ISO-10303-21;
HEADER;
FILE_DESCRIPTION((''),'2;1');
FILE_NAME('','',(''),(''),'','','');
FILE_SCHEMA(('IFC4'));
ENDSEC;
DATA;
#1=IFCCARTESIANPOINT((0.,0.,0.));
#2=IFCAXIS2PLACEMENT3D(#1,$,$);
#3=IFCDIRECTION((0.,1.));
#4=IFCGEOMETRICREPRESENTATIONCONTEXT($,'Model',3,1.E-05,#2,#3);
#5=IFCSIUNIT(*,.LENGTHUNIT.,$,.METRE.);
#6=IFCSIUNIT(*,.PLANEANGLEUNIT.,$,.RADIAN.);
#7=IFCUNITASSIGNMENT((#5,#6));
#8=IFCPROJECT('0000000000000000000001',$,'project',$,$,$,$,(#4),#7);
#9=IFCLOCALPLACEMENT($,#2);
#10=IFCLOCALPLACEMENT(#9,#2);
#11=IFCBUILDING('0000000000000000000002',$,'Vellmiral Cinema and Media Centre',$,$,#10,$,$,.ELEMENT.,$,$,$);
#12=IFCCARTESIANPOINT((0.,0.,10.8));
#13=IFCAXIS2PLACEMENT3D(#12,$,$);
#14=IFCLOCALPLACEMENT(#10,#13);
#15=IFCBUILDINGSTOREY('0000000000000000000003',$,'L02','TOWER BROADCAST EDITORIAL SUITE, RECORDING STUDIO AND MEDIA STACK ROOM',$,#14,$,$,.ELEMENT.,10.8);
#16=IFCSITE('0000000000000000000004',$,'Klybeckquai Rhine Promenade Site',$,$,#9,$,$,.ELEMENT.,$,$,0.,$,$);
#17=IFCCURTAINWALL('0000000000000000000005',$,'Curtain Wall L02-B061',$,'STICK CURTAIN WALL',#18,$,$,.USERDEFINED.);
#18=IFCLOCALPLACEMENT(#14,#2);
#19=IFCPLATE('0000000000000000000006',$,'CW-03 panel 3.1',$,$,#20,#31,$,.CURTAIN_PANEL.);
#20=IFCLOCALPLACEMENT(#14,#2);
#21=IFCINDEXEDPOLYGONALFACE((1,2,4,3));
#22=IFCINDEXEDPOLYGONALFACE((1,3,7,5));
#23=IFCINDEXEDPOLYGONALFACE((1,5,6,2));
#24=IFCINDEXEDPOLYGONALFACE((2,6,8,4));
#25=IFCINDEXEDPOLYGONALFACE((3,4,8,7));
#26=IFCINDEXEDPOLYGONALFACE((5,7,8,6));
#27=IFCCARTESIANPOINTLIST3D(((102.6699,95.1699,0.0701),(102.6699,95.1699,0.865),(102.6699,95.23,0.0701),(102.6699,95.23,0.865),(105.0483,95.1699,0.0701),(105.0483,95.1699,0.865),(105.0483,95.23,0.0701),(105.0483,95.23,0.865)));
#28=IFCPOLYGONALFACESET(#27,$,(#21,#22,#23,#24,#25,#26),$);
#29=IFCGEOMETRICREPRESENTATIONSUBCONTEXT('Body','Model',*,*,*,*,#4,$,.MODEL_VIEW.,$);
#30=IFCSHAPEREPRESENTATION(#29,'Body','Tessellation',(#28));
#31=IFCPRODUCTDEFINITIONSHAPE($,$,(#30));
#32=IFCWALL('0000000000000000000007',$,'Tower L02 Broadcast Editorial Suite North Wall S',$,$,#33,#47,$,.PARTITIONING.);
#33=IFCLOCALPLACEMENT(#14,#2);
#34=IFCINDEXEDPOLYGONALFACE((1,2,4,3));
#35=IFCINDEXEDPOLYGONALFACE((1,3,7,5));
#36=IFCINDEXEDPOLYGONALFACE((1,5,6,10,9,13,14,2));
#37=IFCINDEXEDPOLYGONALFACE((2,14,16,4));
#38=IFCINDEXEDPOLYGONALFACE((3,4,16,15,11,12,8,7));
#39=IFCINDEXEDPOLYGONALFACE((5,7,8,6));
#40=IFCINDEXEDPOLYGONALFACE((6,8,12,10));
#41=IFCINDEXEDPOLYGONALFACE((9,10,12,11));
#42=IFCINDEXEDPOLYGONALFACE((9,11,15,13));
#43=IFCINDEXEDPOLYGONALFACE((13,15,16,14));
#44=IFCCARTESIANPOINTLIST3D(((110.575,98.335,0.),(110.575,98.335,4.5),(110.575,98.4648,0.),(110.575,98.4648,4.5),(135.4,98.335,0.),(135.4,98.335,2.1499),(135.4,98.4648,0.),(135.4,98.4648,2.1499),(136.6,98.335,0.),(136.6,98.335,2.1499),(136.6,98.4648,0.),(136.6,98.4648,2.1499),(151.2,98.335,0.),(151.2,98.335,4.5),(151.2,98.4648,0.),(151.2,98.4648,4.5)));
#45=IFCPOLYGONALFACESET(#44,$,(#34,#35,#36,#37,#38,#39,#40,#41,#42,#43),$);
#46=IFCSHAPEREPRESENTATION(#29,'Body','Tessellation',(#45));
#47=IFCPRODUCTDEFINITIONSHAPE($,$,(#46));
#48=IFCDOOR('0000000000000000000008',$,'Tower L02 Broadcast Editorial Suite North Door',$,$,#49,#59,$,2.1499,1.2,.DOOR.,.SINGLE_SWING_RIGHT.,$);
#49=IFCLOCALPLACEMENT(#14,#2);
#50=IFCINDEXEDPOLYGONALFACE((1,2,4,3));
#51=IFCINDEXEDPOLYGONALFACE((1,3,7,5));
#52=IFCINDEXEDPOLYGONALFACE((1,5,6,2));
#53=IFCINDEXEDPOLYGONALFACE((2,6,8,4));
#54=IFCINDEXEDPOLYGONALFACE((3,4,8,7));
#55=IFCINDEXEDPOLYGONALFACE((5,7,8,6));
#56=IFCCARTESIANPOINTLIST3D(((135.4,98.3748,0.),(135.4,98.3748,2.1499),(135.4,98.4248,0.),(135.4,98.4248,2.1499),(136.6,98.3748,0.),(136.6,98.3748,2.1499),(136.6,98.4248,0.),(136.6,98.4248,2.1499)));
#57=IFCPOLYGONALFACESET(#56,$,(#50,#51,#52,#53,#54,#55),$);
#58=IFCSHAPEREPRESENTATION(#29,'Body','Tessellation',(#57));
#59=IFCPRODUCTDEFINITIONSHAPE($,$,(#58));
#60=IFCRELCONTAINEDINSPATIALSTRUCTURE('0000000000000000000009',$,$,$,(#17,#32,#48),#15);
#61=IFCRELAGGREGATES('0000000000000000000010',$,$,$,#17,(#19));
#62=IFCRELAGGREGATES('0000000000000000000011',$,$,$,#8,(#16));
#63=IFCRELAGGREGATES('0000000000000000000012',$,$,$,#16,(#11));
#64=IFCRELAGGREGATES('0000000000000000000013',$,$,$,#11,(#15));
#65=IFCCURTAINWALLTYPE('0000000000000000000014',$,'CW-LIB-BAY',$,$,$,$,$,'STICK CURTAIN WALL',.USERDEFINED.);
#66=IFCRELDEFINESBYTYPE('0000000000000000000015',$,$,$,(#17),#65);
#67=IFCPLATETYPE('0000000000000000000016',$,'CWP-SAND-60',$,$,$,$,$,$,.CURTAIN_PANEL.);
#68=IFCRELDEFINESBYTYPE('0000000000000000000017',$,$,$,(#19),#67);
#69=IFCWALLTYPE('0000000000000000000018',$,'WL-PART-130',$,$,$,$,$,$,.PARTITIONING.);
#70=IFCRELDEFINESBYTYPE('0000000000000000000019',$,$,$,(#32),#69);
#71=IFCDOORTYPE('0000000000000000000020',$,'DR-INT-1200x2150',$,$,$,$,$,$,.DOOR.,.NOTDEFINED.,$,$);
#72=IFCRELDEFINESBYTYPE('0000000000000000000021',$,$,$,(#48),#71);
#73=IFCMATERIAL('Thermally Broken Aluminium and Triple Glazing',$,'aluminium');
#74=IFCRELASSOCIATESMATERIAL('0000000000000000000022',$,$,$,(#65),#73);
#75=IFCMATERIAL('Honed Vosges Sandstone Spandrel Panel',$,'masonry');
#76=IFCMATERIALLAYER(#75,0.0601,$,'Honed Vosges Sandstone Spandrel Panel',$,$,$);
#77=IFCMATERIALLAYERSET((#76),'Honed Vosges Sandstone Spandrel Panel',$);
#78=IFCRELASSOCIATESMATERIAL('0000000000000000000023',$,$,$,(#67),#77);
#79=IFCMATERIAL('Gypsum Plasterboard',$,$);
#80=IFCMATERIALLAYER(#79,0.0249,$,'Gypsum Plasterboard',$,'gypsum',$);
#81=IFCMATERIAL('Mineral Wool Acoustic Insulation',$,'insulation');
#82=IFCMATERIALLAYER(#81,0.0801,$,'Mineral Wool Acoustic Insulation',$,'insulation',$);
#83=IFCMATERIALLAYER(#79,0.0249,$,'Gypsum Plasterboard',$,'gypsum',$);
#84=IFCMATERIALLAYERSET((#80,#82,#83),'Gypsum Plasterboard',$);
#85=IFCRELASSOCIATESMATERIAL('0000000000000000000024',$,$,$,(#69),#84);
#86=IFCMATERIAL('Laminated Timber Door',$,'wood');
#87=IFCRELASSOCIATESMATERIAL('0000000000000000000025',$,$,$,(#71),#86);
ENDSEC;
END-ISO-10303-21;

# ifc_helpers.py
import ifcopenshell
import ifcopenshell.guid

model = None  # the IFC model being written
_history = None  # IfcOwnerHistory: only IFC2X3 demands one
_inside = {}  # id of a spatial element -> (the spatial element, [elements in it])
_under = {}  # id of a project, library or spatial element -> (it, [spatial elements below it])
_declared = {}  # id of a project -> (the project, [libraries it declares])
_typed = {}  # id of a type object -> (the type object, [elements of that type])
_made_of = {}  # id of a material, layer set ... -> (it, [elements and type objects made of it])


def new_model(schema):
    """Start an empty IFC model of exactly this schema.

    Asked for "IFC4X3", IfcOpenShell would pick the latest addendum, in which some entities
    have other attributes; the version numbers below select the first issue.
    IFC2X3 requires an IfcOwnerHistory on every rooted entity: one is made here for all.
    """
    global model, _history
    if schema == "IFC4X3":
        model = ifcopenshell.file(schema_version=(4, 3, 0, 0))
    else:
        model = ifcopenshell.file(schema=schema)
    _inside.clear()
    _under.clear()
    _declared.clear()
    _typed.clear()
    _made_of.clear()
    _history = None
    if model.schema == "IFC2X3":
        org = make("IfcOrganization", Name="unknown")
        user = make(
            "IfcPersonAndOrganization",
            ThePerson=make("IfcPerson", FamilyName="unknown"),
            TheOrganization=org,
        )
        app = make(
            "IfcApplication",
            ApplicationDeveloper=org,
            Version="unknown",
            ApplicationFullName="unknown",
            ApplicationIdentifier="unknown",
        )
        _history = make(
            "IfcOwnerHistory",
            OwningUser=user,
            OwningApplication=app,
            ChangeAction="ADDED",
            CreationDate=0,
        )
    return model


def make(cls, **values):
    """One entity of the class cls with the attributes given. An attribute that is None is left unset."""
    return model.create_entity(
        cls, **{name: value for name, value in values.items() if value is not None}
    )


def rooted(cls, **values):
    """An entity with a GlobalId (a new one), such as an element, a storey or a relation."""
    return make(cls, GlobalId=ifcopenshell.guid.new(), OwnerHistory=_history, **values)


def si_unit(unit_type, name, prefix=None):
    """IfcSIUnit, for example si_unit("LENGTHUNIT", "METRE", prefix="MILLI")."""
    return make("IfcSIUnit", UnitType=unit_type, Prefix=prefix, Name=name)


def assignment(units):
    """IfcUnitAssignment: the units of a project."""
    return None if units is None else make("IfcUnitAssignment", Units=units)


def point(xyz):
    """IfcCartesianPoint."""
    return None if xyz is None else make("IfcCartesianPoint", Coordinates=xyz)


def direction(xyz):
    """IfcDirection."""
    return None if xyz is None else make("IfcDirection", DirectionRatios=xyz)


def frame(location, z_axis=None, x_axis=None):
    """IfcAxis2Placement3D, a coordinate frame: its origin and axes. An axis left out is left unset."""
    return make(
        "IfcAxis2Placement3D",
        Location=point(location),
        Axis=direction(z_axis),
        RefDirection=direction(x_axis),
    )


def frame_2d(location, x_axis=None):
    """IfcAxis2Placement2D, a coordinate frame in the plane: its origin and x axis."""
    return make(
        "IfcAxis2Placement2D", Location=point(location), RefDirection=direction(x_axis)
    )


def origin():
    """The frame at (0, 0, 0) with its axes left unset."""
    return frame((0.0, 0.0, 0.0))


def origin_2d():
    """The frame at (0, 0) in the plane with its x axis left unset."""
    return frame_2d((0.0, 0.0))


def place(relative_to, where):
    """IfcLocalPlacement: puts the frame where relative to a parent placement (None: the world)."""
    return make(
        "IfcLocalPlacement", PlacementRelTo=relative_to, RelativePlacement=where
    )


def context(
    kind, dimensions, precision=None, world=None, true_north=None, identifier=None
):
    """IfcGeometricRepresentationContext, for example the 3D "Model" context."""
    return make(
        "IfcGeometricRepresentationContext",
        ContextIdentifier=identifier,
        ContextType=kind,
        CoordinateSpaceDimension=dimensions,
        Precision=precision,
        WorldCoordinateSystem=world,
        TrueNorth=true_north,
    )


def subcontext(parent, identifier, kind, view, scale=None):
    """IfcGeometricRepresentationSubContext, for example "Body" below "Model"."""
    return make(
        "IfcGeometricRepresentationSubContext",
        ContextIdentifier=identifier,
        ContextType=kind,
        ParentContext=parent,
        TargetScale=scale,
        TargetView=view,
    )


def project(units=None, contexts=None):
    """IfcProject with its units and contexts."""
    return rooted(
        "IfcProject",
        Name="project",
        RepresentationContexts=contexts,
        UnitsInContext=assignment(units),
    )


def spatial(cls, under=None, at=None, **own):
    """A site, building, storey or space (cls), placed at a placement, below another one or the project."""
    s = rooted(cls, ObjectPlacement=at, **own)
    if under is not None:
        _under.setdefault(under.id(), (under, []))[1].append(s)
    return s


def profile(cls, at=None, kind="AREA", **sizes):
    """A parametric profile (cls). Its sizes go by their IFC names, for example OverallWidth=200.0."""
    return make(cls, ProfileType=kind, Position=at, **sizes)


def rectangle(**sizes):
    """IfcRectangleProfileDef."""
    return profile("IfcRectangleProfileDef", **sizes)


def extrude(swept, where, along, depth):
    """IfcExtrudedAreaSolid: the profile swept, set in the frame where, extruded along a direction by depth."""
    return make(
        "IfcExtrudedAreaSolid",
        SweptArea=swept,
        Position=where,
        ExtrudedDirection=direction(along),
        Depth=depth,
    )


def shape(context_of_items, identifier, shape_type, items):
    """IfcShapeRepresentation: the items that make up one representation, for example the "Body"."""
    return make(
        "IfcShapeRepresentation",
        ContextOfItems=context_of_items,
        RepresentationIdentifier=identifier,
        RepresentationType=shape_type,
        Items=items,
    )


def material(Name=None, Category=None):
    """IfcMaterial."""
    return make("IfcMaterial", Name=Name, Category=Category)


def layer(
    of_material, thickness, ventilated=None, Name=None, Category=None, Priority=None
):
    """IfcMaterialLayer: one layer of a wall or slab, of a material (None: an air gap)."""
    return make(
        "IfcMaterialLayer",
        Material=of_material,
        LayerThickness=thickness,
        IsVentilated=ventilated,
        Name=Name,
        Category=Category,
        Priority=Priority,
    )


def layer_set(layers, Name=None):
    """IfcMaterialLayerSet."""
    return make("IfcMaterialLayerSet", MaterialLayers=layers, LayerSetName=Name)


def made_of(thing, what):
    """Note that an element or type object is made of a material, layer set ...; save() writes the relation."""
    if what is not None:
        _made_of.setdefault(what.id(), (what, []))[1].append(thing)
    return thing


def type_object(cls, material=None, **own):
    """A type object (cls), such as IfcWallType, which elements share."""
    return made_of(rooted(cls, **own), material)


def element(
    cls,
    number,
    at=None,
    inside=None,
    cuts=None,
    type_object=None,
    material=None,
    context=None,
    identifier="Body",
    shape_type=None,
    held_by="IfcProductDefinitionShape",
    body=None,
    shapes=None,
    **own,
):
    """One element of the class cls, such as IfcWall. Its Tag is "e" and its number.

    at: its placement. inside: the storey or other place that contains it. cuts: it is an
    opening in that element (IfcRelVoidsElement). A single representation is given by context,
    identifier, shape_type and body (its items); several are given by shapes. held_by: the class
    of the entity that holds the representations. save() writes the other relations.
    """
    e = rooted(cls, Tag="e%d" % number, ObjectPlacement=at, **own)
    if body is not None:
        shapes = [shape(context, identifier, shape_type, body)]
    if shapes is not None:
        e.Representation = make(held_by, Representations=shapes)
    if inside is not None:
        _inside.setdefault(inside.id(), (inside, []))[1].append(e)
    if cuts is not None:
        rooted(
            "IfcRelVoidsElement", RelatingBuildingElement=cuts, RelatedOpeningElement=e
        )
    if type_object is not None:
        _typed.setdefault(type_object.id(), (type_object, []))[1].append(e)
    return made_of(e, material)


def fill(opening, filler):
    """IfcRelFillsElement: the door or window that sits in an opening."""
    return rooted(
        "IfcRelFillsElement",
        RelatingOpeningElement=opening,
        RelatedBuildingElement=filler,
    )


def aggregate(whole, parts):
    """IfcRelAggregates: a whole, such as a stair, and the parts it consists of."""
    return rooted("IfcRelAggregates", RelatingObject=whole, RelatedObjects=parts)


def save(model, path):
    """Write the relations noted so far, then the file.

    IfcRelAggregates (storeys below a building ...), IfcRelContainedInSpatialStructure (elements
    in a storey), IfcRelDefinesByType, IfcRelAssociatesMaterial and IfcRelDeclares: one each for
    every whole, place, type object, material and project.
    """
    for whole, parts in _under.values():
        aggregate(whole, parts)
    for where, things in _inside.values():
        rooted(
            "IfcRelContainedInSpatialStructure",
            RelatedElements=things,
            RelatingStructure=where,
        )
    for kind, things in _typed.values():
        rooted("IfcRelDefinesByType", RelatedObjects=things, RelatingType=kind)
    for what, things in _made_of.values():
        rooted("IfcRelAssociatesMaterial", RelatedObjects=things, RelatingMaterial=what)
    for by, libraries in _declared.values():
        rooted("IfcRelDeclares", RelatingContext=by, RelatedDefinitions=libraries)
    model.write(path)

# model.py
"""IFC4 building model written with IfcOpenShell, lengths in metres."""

from ifc_helpers import new_model, si_unit, direction, frame, frame_2d, origin, origin_2d, place, context, subcontext, project, spatial, rectangle, extrude, material, layer, layer_set, type_object, element, fill, aggregate, save


model = new_model("IFC4")

# Units and contexts
model_context = context("Model", 3, precision=1e-05, world=origin(), true_north=direction((0.0, 1.0)))
body_context = subcontext(model_context, "Body", "Model", "MODEL_VIEW")
ifc_project = project(units=[si_unit("LENGTHUNIT", "METRE"), si_unit("PLANEANGLEUNIT", "RADIAN")], contexts=[model_context])

# Site, building, storey
site_placement = place(None, origin())
site = spatial("IfcSite", under=ifc_project, at=site_placement, Name="Klybeckquai Rhine Promenade Site", CompositionType="ELEMENT", RefElevation=0.0)
building_placement = place(site_placement, origin())
building = spatial("IfcBuilding", under=site, at=building_placement, Name="Vellmiral Cinema and Media Centre", CompositionType="ELEMENT")
storey_placement = place(building_placement, frame((0.0, 0.0, 10.8)))
storey = spatial("IfcBuildingStorey", under=building, at=storey_placement, Name="L02", Description="TOWER BROADCAST EDITORIAL SUITE, RECORDING STUDIO AND MEDIA STACK ROOM", CompositionType="ELEMENT", Elevation=10.8)

# Curtain wall
ifc_material_1 = material(Name="Thermally Broken Aluminium and Triple Glazing", Category="aluminium")
curtain_wall_type = type_object("IfcCurtainWallType", Name="CW-LIB-BAY", ElementType="STICK CURTAIN WALL", PredefinedType="USERDEFINED", material=ifc_material_1)
curtain_wall_placement = place(storey_placement, origin())
curtain_wall = element("IfcCurtainWall", 1, at=curtain_wall_placement, inside=storey, type_object=curtain_wall_type, Name="Curtain Wall L02-B061", ObjectType="STICK CURTAIN WALL", PredefinedType="USERDEFINED")

# Plate
ifc_material_2 = material(Name="Honed Vosges Sandstone Spandrel Panel", Category="masonry")
ifc_layer_1 = layer(ifc_material_2, 0.0601, Name="Honed Vosges Sandstone Spandrel Panel")
ifc_layer_set_1 = layer_set([ifc_layer_1], Name="Honed Vosges Sandstone Spandrel Panel")
plate_type_1 = type_object("IfcPlateType", Name="CWP-SAND-60", PredefinedType="CURTAIN_PANEL", material=ifc_layer_set_1)
plate_1_placement = place(storey_placement, frame((103.8591, 95.2, 0.0701), z_axis=(0.0, 0.0, 1.0), x_axis=(-1.0, 0.0, 0.0)))
plate_1 = element("IfcPlate", 2, at=plate_1_placement, type_object=plate_type_1, Name="CW-03 panel 3.1", PredefinedType="CURTAIN_PANEL", context=body_context, shape_type="SweptSolid", body=[
    extrude(rectangle(XDim=2.3784, YDim=0.0601, at=origin_2d()), origin(), (0.0, 0.0, 1.0), 0.7949),
])
aggregate(curtain_wall, [plate_1])

# Wall, opening, door
ifc_material_3 = material(Name="Gypsum Plasterboard")
ifc_layer_2 = layer(ifc_material_3, 0.0249, Name="Gypsum Plasterboard", Category="gypsum")
ifc_material_4 = material(Name="Mineral Wool Acoustic Insulation", Category="insulation")
ifc_layer_3 = layer(ifc_material_4, 0.0801, Name="Mineral Wool Acoustic Insulation", Category="insulation")
ifc_layer_4 = layer(ifc_material_3, 0.0249, Name="Gypsum Plasterboard", Category="gypsum")
ifc_layer_set_2 = layer_set([ifc_layer_2, ifc_layer_3, ifc_layer_4], Name="Gypsum Plasterboard")
wall_type = type_object("IfcWallType", Name="WL-PART-130", PredefinedType="PARTITIONING", material=ifc_layer_set_2)
wall_placement = place(storey_placement, frame((110.575, 98.3999, 0.0), z_axis=(0.0, 0.0, 1.0), x_axis=(1.0, 0.0, 0.0)))
wall = element("IfcWall", 3, at=wall_placement, inside=storey, type_object=wall_type, Name="Tower L02 Broadcast Editorial Suite North Wall S", PredefinedType="PARTITIONING", context=body_context, shape_type="SweptSolid", body=[
    extrude(rectangle(XDim=40.625, YDim=0.1299, at=frame_2d((20.3125, 0.0))), origin(), (0.0, 0.0, 1.0), 4.5),
])
opening_placement = place(wall_placement, frame((24.825, 0.0, 0.0)))
opening = element("IfcOpeningElement", 4, at=opening_placement, cuts=wall, PredefinedType="OPENING", context=body_context, shape_type="SweptSolid", body=[
    extrude(rectangle(XDim=1.2, YDim=2.1499, at=frame_2d((0.6001, 1.075))), frame((0.0, 0.0769, 0.0), z_axis=(0.0, -1.0, 0.0), x_axis=(1.0, 0.0, 0.0)), (0.0, 0.0, 1.0), 0.1538),
])
ifc_material_5 = material(Name="Laminated Timber Door", Category="wood")
door_type = type_object("IfcDoorType", Name="DR-INT-1200x2150", OperationType="NOTDEFINED", PredefinedType="DOOR", material=ifc_material_5)
door_placement = place(opening_placement, origin())
door = element("IfcDoor", 5, at=door_placement, inside=storey, type_object=door_type, Name="Tower L02 Broadcast Editorial Suite North Door", OperationType="SINGLE_SWING_RIGHT", OverallHeight=2.1499, OverallWidth=1.2, PredefinedType="DOOR", context=body_context, shape_type="SweptSolid", body=[
    extrude(rectangle(XDim=1.2, YDim=2.1499, at=frame_2d((0.6001, 1.075))), frame((0.0, 0.0249, 0.0), z_axis=(0.0, -1.0, 0.0), x_axis=(1.0, 0.0, 0.0)), (0.0, 0.0, 1.0), 0.05),
])
fill(opening, door)

save(model, "model.ifc")
